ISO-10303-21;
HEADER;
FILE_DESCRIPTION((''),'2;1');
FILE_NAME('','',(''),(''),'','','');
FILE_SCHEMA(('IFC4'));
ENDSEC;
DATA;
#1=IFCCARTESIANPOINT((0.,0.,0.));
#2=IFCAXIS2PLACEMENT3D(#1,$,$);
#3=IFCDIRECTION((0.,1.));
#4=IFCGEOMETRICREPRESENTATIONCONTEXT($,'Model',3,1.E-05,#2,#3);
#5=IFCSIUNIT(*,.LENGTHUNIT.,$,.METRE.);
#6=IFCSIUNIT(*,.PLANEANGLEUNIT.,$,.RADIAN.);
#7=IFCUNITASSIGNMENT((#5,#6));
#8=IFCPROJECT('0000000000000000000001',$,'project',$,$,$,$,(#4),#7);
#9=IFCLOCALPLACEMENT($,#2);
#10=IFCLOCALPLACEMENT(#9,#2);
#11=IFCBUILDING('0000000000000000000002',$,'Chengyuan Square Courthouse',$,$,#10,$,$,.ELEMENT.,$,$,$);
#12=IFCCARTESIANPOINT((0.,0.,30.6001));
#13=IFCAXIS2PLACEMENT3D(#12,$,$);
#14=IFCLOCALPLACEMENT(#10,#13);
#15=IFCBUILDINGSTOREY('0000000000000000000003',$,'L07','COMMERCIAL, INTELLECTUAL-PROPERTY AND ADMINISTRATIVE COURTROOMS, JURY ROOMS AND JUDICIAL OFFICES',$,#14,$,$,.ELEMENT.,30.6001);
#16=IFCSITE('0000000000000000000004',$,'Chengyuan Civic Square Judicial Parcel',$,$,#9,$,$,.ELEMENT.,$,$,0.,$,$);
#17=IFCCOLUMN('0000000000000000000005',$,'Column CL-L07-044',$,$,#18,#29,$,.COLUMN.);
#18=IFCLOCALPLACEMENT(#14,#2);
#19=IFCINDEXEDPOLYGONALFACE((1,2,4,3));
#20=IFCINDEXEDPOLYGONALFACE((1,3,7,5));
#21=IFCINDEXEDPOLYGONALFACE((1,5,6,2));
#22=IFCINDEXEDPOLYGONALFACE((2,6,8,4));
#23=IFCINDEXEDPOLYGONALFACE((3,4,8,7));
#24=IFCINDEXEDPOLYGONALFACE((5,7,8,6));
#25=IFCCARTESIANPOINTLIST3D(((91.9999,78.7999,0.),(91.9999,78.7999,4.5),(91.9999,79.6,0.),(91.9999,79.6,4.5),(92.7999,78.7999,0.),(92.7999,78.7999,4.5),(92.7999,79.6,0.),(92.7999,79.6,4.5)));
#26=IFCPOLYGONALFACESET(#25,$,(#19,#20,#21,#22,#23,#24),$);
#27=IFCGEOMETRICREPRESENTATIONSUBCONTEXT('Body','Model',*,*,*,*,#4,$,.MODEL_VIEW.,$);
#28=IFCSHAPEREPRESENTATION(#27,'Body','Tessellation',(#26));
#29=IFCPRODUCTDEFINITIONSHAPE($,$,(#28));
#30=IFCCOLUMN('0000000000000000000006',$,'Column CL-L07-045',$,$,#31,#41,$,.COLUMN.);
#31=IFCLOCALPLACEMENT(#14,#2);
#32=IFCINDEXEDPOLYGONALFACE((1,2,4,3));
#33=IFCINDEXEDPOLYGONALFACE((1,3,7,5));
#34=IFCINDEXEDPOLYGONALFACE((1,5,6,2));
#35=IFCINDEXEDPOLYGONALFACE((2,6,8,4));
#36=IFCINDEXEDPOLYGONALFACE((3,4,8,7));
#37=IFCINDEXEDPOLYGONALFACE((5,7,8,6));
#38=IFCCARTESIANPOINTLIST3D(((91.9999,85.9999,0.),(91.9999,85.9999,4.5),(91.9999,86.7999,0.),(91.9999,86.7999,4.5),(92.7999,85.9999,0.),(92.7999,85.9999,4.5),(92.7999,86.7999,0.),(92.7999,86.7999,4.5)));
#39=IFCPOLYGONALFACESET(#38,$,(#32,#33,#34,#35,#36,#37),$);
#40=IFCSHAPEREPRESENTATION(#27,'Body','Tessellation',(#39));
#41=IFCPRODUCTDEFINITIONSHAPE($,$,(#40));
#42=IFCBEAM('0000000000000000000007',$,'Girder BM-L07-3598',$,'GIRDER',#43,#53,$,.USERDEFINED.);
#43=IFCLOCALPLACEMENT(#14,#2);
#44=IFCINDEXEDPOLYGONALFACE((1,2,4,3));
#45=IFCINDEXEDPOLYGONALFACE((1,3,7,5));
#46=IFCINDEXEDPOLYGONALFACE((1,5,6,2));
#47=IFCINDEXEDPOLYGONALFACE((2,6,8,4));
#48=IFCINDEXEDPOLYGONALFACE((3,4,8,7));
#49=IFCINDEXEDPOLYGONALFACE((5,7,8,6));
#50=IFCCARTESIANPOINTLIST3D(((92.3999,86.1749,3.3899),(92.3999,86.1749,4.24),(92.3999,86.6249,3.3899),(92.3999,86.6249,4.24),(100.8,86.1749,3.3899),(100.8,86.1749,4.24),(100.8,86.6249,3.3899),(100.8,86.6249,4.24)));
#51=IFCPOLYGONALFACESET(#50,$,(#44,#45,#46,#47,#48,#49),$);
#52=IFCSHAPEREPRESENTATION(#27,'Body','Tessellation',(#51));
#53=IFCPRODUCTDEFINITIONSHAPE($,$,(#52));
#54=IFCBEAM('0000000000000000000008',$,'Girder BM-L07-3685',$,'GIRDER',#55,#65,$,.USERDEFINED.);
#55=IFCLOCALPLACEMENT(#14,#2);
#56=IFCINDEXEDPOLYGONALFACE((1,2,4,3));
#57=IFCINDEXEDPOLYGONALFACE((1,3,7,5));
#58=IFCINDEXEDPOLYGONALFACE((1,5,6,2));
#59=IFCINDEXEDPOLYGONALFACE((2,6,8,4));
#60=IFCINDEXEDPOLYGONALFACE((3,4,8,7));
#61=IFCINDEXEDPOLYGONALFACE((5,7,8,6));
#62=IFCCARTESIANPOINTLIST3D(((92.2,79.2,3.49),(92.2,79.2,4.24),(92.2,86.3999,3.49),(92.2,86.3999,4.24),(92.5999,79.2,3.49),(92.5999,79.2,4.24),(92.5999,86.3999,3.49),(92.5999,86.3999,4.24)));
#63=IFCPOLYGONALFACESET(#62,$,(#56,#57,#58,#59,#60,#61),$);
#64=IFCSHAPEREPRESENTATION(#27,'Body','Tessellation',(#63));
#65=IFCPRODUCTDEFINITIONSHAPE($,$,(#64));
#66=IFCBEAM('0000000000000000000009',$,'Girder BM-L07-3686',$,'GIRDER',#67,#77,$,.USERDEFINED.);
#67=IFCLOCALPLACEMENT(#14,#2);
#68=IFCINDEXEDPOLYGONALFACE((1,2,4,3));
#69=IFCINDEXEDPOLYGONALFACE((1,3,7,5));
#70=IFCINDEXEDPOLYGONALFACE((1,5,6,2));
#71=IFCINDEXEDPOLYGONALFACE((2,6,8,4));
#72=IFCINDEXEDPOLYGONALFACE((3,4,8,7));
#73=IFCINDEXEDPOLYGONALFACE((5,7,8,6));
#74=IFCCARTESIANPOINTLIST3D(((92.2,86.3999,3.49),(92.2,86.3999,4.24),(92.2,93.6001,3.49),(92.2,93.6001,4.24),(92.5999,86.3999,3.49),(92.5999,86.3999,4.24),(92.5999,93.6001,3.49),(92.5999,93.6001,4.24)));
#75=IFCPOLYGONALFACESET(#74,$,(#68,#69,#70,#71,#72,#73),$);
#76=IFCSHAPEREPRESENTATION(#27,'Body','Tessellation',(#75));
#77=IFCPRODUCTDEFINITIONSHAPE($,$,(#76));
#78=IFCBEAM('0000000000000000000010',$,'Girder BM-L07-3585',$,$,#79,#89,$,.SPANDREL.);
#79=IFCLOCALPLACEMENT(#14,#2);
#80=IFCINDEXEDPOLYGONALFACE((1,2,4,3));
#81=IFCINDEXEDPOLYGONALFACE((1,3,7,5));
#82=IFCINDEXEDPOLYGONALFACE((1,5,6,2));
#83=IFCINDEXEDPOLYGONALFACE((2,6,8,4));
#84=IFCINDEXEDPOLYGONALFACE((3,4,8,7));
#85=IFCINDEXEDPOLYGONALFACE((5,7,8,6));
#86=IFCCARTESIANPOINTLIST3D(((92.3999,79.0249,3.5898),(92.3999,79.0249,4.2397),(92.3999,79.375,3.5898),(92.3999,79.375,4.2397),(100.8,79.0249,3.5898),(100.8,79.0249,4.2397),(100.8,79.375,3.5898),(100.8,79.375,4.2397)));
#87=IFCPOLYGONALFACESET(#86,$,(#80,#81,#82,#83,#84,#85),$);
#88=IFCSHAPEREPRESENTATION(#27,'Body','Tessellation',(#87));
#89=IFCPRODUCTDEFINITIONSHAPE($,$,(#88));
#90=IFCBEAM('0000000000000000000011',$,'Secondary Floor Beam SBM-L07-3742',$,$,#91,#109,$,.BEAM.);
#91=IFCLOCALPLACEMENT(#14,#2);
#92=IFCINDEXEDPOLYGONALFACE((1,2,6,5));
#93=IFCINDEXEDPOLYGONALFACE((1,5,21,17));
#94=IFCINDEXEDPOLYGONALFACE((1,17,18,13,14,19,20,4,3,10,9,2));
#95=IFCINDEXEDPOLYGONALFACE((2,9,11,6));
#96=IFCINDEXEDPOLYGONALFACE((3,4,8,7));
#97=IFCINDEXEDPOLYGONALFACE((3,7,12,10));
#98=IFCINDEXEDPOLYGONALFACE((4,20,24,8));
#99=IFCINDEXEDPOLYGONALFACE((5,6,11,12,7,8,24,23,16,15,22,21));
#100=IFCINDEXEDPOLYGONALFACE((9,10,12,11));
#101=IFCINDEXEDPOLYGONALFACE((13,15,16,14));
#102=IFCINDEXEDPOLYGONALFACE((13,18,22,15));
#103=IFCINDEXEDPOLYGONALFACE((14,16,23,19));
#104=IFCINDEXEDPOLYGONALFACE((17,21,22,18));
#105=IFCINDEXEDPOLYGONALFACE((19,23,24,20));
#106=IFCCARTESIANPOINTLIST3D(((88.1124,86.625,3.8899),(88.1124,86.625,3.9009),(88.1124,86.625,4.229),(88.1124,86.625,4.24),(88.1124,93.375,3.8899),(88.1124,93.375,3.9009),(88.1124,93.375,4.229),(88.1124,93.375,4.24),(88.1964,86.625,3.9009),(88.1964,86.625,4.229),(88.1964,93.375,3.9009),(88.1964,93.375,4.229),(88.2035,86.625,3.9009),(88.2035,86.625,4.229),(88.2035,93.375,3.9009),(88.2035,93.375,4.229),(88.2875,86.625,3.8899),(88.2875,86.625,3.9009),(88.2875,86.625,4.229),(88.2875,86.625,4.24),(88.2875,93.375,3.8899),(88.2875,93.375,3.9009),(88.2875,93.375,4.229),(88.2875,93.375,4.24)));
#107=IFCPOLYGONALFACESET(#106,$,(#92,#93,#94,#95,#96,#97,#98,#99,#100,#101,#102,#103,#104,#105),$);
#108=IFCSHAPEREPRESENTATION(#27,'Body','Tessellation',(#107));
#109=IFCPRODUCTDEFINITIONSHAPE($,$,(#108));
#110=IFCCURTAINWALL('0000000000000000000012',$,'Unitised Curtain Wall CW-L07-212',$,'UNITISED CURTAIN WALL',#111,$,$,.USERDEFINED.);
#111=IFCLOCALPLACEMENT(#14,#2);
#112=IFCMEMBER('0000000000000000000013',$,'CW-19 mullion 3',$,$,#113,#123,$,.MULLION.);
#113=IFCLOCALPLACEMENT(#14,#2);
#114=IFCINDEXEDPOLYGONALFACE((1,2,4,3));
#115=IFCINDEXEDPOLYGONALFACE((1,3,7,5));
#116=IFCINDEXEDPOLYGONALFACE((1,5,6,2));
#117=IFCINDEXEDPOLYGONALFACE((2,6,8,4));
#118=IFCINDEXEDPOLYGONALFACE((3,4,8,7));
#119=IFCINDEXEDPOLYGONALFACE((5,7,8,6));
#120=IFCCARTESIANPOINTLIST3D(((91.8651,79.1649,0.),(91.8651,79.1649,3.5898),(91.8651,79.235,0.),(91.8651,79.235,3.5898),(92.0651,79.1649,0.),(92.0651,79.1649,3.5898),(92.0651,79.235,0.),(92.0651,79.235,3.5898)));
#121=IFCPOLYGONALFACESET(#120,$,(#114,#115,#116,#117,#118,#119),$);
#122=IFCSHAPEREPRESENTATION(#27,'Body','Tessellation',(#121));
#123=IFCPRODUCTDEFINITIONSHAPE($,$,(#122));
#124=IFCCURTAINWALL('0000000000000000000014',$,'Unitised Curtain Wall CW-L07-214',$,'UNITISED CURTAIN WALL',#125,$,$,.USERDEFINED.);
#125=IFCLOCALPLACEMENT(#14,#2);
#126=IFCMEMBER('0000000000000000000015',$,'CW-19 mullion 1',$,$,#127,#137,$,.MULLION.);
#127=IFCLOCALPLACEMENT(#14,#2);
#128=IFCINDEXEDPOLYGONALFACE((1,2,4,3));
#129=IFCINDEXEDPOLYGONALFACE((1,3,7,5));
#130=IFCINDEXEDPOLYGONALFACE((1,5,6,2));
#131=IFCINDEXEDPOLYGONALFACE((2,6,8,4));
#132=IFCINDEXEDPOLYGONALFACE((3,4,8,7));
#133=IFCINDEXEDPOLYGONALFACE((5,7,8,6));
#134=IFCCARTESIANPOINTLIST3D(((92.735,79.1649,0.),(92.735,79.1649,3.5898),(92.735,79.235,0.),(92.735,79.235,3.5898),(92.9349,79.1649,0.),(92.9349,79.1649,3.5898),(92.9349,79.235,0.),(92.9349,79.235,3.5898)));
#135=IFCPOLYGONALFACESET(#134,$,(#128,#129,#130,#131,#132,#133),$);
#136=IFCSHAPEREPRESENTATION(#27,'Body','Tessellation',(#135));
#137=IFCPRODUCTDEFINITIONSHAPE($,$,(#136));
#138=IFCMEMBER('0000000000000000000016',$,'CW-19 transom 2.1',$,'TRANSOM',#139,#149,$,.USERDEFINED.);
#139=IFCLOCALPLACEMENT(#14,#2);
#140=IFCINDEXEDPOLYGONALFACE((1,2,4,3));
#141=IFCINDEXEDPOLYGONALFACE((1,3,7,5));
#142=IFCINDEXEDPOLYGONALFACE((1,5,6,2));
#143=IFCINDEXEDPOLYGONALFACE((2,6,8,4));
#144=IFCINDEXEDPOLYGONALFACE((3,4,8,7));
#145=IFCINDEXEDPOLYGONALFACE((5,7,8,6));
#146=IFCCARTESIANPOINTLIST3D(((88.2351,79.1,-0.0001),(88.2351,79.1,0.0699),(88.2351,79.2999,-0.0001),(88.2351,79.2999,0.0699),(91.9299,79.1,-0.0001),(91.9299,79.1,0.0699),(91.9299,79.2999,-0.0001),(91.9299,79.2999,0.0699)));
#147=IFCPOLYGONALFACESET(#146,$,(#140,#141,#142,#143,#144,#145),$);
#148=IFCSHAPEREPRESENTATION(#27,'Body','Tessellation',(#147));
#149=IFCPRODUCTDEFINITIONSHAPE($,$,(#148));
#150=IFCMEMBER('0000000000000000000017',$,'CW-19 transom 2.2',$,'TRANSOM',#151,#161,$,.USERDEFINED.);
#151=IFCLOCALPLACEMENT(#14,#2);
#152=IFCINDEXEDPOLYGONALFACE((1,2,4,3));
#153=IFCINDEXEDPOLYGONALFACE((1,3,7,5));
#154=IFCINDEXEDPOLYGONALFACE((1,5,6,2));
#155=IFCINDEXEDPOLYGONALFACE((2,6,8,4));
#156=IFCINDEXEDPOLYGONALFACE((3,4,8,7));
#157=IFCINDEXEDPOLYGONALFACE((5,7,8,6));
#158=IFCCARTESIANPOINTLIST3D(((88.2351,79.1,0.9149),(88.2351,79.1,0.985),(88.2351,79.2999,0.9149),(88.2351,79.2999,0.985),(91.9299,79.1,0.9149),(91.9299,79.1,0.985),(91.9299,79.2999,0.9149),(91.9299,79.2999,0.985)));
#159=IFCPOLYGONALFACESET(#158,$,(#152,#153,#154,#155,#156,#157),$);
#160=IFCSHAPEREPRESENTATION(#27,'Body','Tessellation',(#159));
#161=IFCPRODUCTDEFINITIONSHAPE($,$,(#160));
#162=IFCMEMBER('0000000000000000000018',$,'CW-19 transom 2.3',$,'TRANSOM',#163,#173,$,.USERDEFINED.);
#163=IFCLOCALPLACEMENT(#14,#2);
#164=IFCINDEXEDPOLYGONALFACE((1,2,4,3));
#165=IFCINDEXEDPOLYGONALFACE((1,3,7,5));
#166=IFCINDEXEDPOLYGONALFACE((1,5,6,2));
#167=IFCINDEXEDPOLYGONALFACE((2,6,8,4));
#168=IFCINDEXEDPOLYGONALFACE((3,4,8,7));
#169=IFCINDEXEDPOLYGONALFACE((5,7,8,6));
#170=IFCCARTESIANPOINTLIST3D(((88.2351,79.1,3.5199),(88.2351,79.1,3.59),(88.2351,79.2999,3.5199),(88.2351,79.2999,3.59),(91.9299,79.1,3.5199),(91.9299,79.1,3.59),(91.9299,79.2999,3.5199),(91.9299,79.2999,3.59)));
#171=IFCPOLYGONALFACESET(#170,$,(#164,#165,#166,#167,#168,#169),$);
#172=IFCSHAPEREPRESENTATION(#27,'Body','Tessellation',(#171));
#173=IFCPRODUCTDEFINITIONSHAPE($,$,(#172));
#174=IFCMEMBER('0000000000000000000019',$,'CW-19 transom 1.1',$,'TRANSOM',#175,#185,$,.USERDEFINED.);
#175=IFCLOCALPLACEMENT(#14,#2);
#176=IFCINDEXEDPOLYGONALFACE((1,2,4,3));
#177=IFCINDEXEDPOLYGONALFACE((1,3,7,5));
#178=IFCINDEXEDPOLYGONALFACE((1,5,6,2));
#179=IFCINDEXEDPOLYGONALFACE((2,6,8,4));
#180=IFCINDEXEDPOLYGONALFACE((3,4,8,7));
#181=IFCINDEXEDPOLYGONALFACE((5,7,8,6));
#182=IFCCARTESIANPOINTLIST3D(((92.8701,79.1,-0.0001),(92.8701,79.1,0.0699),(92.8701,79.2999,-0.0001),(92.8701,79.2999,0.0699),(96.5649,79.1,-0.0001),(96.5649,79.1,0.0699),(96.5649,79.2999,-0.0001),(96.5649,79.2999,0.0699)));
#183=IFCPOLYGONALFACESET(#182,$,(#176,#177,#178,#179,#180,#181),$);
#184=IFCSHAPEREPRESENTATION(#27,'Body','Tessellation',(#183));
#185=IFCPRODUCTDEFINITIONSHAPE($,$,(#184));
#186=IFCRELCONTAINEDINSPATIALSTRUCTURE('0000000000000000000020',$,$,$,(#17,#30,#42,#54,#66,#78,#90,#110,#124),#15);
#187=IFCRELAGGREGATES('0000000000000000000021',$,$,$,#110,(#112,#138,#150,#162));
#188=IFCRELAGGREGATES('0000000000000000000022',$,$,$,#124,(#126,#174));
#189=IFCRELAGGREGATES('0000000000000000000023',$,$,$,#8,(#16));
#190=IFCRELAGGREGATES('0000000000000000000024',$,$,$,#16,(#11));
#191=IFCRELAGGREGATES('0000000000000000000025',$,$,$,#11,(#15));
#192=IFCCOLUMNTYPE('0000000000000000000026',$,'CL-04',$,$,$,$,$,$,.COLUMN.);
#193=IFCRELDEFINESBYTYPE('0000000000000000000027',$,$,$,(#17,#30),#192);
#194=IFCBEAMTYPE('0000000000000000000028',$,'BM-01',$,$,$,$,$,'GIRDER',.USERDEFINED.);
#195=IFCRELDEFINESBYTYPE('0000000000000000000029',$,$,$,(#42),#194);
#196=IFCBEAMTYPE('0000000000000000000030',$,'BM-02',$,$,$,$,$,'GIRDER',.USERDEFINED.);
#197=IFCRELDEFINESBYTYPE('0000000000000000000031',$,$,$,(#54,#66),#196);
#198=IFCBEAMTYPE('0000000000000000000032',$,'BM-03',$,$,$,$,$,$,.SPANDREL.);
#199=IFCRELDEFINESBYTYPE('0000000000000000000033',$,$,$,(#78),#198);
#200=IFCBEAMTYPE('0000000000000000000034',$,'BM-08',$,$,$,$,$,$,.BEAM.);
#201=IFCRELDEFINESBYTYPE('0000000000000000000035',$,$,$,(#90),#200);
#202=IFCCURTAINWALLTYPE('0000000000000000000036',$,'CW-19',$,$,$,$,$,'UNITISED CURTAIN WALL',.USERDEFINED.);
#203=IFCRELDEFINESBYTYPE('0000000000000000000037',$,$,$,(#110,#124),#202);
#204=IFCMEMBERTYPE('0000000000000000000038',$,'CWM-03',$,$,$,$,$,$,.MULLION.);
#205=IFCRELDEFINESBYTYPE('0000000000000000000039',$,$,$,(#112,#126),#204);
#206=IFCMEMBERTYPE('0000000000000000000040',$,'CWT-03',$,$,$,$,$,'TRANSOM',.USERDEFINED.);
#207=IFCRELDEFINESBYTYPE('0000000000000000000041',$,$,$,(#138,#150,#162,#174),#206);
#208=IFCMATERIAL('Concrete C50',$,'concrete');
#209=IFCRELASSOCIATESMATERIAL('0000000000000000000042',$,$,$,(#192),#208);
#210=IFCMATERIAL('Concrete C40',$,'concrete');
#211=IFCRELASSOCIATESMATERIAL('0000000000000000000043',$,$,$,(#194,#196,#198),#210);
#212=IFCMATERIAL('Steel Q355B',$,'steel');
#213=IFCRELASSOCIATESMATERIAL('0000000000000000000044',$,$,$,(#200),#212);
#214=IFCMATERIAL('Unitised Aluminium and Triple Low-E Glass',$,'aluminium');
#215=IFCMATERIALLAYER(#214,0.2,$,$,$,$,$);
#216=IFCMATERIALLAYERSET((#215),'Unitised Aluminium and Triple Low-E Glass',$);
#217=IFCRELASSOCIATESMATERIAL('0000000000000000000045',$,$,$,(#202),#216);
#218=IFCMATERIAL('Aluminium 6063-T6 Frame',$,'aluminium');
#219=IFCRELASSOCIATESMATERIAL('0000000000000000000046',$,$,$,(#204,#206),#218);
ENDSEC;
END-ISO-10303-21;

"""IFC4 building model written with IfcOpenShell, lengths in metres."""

from ifc_helpers import new_model, si_unit, direction, frame, origin, origin_2d, place, context, subcontext, project, spatial, rectangle, i_section, extrude, material, layer, layer_set, material_profile, profile_set, type_object, element, aggregate, save


model = new_model("IFC4")

# Units and contexts
model_context = context("Model", 3, precision=1e-05, world=origin(), true_north=direction((0.0, 1.0)))
body_context = subcontext(model_context, "Body", "Model", "MODEL_VIEW")
ifc_project = project(units=[si_unit("LENGTHUNIT", "METRE"), si_unit("PLANEANGLEUNIT", "RADIAN")], contexts=[model_context])

# Site, building, storey
site_placement = place(None, origin())
site = spatial("IfcSite", under=ifc_project, at=site_placement, Name="Chengyuan Civic Square Judicial Parcel", CompositionType="ELEMENT", RefElevation=0.0)
building_placement = place(site_placement, origin())
building = spatial("IfcBuilding", under=site, at=building_placement, Name="Chengyuan Square Courthouse", CompositionType="ELEMENT")
storey_placement = place(building_placement, frame((0.0, 0.0, 30.6001)))
storey = spatial("IfcBuildingStorey", under=building, at=storey_placement, Name="L07", Description="COMMERCIAL, INTELLECTUAL-PROPERTY AND ADMINISTRATIVE COURTROOMS, JURY ROOMS AND JUDICIAL OFFICES", CompositionType="ELEMENT", Elevation=30.6001)

# Columns
ifc_material_1 = material(Name="Concrete C50", Category="concrete")
ifc_material_profile_1 = material_profile(ifc_material_1, rectangle(XDim=0.8, YDim=0.8, at=origin_2d()), Name="RC-COL-800x800")
ifc_profile_set_1 = profile_set([ifc_material_profile_1], Name="Concrete C50")
column_type = type_object("IfcColumnType", Name="CL-04", PredefinedType="COLUMN", material=ifc_profile_set_1)
for number, where, z_axis, x_axis, name in (
    (1, (92.3999, 79.2, 0.0), (0.0, 0.0, 1.0), (1.0, 0.0, 0.0), "Column CL-L07-044"),
    (2, (92.3999, 86.3999, 0.0), (0.0, 0.0, 1.0), (1.0, 0.0, 0.0), "Column CL-L07-045"),
):
    element("IfcColumn", number, at=place(storey_placement, frame(where, z_axis=z_axis, x_axis=x_axis)), inside=storey, type_object=column_type, Name=name, PredefinedType="COLUMN", context=body_context, shape_type="SweptSolid", body=[
        extrude(rectangle(XDim=0.8, YDim=0.8, at=origin_2d()), origin(), (0.0, 0.0, 1.0), 4.5),
    ])

# Beams
ifc_material_2 = material(Name="Concrete C40", Category="concrete")
ifc_material_profile_2 = material_profile(ifc_material_2, rectangle(XDim=0.45, YDim=0.8501, at=origin_2d()), Name="RC-BM-450x850")
ifc_profile_set_2 = profile_set([ifc_material_profile_2], Name="Concrete C40")
beam_type_1 = type_object("IfcBeamType", Name="BM-01", ElementType="GIRDER", PredefinedType="USERDEFINED", material=ifc_profile_set_2)
beam_1_placement = place(storey_placement, frame((92.3999, 86.3999, 3.8149), z_axis=(1.0, 0.0, 0.0), x_axis=(0.0, 1.0, 0.0)))
element("IfcBeam", 3, at=beam_1_placement, inside=storey, type_object=beam_type_1, Name="Girder BM-L07-3598", ObjectType="GIRDER", PredefinedType="USERDEFINED", context=body_context, shape_type="SweptSolid", body=[
    extrude(rectangle(XDim=0.45, YDim=0.8501, at=origin_2d()), origin(), (0.0, 0.0, 1.0), 8.4001),
])
ifc_material_profile_3 = material_profile(ifc_material_2, rectangle(XDim=0.3999, YDim=0.75, at=origin_2d()), Name="RC-BM-400x750")
ifc_profile_set_3 = profile_set([ifc_material_profile_3], Name="Concrete C40")
beam_type_2 = type_object("IfcBeamType", Name="BM-02", ElementType="GIRDER", PredefinedType="USERDEFINED", material=ifc_profile_set_3)
beam_2_placement = place(storey_placement, frame((92.3999, 79.2, 3.865), z_axis=(0.0, 1.0, 0.0), x_axis=(-1.0, 0.0, 0.0)))
element("IfcBeam", 4, at=beam_2_placement, inside=storey, type_object=beam_type_2, Name="Girder BM-L07-3685", ObjectType="GIRDER", PredefinedType="USERDEFINED", context=body_context, shape_type="SweptSolid", body=[
    extrude(rectangle(XDim=0.3999, YDim=0.75, at=origin_2d()), origin(), (0.0, 0.0, 1.0), 7.2),
])
beam_3_placement = place(storey_placement, frame((92.3999, 86.3999, 3.865), z_axis=(0.0, 1.0, 0.0), x_axis=(-1.0, 0.0, 0.0)))
element("IfcBeam", 5, at=beam_3_placement, inside=storey, type_object=beam_type_2, Name="Girder BM-L07-3686", ObjectType="GIRDER", PredefinedType="USERDEFINED", context=body_context, shape_type="SweptSolid", body=[
    extrude(rectangle(XDim=0.3999, YDim=0.75, at=origin_2d()), origin(), (0.0, 0.0, 1.0), 7.2002),
])
ifc_material_profile_4 = material_profile(ifc_material_2, rectangle(XDim=0.3501, YDim=0.6499, at=origin_2d()), Name="RC-BM-350x650")
ifc_profile_set_4 = profile_set([ifc_material_profile_4], Name="Concrete C40")
beam_type_3 = type_object("IfcBeamType", Name="BM-03", PredefinedType="SPANDREL", material=ifc_profile_set_4)
beam_4_placement = place(storey_placement, frame((92.3999, 79.2, 3.9148), z_axis=(1.0, 0.0, 0.0), x_axis=(0.0, 1.0, 0.0)))
element("IfcBeam", 6, at=beam_4_placement, inside=storey, type_object=beam_type_3, Name="Girder BM-L07-3585", PredefinedType="SPANDREL", context=body_context, shape_type="SweptSolid", body=[
    extrude(rectangle(XDim=0.3501, YDim=0.6499, at=origin_2d()), origin(), (0.0, 0.0, 1.0), 8.4001),
])
ifc_material_3 = material(Name="Steel Q355B", Category="steel")
ifc_material_profile_5 = material_profile(ifc_material_3, i_section(OverallWidth=0.175, OverallDepth=0.3501, WebThickness=0.0071, FlangeThickness=0.011, at=origin_2d()), Name="HN 350x175x7x11")
ifc_profile_set_5 = profile_set([ifc_material_profile_5], Name="Steel Q355B")
beam_type_4 = type_object("IfcBeamType", Name="BM-08", PredefinedType="BEAM", material=ifc_profile_set_5)
beam_5_placement = place(storey_placement, frame((88.2, 86.625, 4.0649), z_axis=(0.0, 1.0, 0.0), x_axis=(-1.0, 0.0, 0.0)))
element("IfcBeam", 7, at=beam_5_placement, inside=storey, type_object=beam_type_4, Name="Secondary Floor Beam SBM-L07-3742", PredefinedType="BEAM", context=body_context, shape_type="SweptSolid", body=[
    extrude(i_section(OverallWidth=0.175, OverallDepth=0.3501, WebThickness=0.0071, FlangeThickness=0.011, at=origin_2d()), origin(), (0.0, 0.0, 1.0), 6.75),
])

# Curtain walls, members
ifc_material_4 = material(Name="Unitised Aluminium and Triple Low-E Glass", Category="aluminium")
ifc_layer_1 = layer(ifc_material_4, 0.2)
ifc_layer_set_1 = layer_set([ifc_layer_1], Name="Unitised Aluminium and Triple Low-E Glass")
curtain_wall_type = type_object("IfcCurtainWallType", Name="CW-19", ElementType="UNITISED CURTAIN WALL", PredefinedType="USERDEFINED", material=ifc_layer_set_1)
curtain_wall_1_placement = place(storey_placement, origin())
curtain_wall_1 = element("IfcCurtainWall", 8, at=curtain_wall_1_placement, inside=storey, type_object=curtain_wall_type, Name="Unitised Curtain Wall CW-L07-212", ObjectType="UNITISED CURTAIN WALL", PredefinedType="USERDEFINED")
ifc_material_5 = material(Name="Aluminium 6063-T6 Frame", Category="aluminium")
ifc_material_profile_6 = material_profile(ifc_material_5, rectangle(XDim=0.0701, YDim=0.2, at=origin_2d()), Name="CW-MUL-70x200")
ifc_profile_set_6 = profile_set([ifc_material_profile_6], Name="Aluminium 6063-T6 Frame")
member_type_1 = type_object("IfcMemberType", Name="CWM-03", PredefinedType="MULLION", material=ifc_profile_set_6)
member_1_placement = place(storey_placement, frame((91.9651, 79.2, 0.0), z_axis=(0.0, 0.0, 1.0), x_axis=(0.0, 1.0, 0.0)))
member_1 = element("IfcMember", 9, at=member_1_placement, type_object=member_type_1, Name="CW-19 mullion 3", PredefinedType="MULLION", context=body_context, shape_type="SweptSolid", body=[
    extrude(rectangle(XDim=0.0701, YDim=0.2, at=origin_2d()), origin(), (0.0, 0.0, 1.0), 3.5898),
])
curtain_wall_2_placement = place(storey_placement, origin())
curtain_wall_2 = element("IfcCurtainWall", 10, at=curtain_wall_2_placement, inside=storey, type_object=curtain_wall_type, Name="Unitised Curtain Wall CW-L07-214", ObjectType="UNITISED CURTAIN WALL", PredefinedType="USERDEFINED")
member_2_placement = place(storey_placement, frame((92.835, 79.2, 0.0), z_axis=(0.0, 0.0, 1.0), x_axis=(0.0, 1.0, 0.0)))
member_2 = element("IfcMember", 11, at=member_2_placement, type_object=member_type_1, Name="CW-19 mullion 1", PredefinedType="MULLION", context=body_context, shape_type="SweptSolid", body=[
    extrude(rectangle(XDim=0.0701, YDim=0.2, at=origin_2d()), origin(), (0.0, 0.0, 1.0), 3.5898),
])

# Members
ifc_material_profile_7 = material_profile(ifc_material_5, rectangle(XDim=0.2, YDim=0.0701, at=origin_2d()), Name="CW-TRN-70x160")
ifc_profile_set_7 = profile_set([ifc_material_profile_7], Name="Aluminium 6063-T6 Frame")
member_type_2 = type_object("IfcMemberType", Name="CWT-03", ElementType="TRANSOM", PredefinedType="USERDEFINED", material=ifc_profile_set_7)
member_3_placement = place(storey_placement, frame((88.2351, 79.2, 0.0349), z_axis=(1.0, 0.0, 0.0), x_axis=(0.0, 1.0, 0.0)))
member_3 = element("IfcMember", 12, at=member_3_placement, type_object=member_type_2, Name="CW-19 transom 2.1", ObjectType="TRANSOM", PredefinedType="USERDEFINED", context=body_context, shape_type="SweptSolid", body=[
    extrude(rectangle(XDim=0.2, YDim=0.0701, at=origin_2d()), origin(), (0.0, 0.0, 1.0), 3.6948),
])
member_4_placement = place(storey_placement, frame((88.2351, 79.2, 0.95), z_axis=(1.0, 0.0, 0.0), x_axis=(0.0, 1.0, 0.0)))
member_4 = element("IfcMember", 13, at=member_4_placement, type_object=member_type_2, Name="CW-19 transom 2.2", ObjectType="TRANSOM", PredefinedType="USERDEFINED", context=body_context, shape_type="SweptSolid", body=[
    extrude(rectangle(XDim=0.2, YDim=0.0701, at=origin_2d()), origin(), (0.0, 0.0, 1.0), 3.6948),
])
member_5_placement = place(storey_placement, frame((88.2351, 79.2, 3.5549), z_axis=(1.0, 0.0, 0.0), x_axis=(0.0, 1.0, 0.0)))
member_5 = element("IfcMember", 14, at=member_5_placement, type_object=member_type_2, Name="CW-19 transom 2.3", ObjectType="TRANSOM", PredefinedType="USERDEFINED", context=body_context, shape_type="SweptSolid", body=[
    extrude(rectangle(XDim=0.2, YDim=0.0701, at=origin_2d()), origin(), (0.0, 0.0, 1.0), 3.6948),
])
member_6_placement = place(storey_placement, frame((92.8701, 79.2, 0.0349), z_axis=(1.0, 0.0, 0.0), x_axis=(0.0, 1.0, 0.0)))
member_6 = element("IfcMember", 15, at=member_6_placement, type_object=member_type_2, Name="CW-19 transom 1.1", ObjectType="TRANSOM", PredefinedType="USERDEFINED", context=body_context, shape_type="SweptSolid", body=[
    extrude(rectangle(XDim=0.2, YDim=0.0701, at=origin_2d()), origin(), (0.0, 0.0, 1.0), 3.6948),
])

aggregate(curtain_wall_1, [member_1, member_3, member_4, member_5])
aggregate(curtain_wall_2, [member_2, member_6])

save(model, "model.ifc")
